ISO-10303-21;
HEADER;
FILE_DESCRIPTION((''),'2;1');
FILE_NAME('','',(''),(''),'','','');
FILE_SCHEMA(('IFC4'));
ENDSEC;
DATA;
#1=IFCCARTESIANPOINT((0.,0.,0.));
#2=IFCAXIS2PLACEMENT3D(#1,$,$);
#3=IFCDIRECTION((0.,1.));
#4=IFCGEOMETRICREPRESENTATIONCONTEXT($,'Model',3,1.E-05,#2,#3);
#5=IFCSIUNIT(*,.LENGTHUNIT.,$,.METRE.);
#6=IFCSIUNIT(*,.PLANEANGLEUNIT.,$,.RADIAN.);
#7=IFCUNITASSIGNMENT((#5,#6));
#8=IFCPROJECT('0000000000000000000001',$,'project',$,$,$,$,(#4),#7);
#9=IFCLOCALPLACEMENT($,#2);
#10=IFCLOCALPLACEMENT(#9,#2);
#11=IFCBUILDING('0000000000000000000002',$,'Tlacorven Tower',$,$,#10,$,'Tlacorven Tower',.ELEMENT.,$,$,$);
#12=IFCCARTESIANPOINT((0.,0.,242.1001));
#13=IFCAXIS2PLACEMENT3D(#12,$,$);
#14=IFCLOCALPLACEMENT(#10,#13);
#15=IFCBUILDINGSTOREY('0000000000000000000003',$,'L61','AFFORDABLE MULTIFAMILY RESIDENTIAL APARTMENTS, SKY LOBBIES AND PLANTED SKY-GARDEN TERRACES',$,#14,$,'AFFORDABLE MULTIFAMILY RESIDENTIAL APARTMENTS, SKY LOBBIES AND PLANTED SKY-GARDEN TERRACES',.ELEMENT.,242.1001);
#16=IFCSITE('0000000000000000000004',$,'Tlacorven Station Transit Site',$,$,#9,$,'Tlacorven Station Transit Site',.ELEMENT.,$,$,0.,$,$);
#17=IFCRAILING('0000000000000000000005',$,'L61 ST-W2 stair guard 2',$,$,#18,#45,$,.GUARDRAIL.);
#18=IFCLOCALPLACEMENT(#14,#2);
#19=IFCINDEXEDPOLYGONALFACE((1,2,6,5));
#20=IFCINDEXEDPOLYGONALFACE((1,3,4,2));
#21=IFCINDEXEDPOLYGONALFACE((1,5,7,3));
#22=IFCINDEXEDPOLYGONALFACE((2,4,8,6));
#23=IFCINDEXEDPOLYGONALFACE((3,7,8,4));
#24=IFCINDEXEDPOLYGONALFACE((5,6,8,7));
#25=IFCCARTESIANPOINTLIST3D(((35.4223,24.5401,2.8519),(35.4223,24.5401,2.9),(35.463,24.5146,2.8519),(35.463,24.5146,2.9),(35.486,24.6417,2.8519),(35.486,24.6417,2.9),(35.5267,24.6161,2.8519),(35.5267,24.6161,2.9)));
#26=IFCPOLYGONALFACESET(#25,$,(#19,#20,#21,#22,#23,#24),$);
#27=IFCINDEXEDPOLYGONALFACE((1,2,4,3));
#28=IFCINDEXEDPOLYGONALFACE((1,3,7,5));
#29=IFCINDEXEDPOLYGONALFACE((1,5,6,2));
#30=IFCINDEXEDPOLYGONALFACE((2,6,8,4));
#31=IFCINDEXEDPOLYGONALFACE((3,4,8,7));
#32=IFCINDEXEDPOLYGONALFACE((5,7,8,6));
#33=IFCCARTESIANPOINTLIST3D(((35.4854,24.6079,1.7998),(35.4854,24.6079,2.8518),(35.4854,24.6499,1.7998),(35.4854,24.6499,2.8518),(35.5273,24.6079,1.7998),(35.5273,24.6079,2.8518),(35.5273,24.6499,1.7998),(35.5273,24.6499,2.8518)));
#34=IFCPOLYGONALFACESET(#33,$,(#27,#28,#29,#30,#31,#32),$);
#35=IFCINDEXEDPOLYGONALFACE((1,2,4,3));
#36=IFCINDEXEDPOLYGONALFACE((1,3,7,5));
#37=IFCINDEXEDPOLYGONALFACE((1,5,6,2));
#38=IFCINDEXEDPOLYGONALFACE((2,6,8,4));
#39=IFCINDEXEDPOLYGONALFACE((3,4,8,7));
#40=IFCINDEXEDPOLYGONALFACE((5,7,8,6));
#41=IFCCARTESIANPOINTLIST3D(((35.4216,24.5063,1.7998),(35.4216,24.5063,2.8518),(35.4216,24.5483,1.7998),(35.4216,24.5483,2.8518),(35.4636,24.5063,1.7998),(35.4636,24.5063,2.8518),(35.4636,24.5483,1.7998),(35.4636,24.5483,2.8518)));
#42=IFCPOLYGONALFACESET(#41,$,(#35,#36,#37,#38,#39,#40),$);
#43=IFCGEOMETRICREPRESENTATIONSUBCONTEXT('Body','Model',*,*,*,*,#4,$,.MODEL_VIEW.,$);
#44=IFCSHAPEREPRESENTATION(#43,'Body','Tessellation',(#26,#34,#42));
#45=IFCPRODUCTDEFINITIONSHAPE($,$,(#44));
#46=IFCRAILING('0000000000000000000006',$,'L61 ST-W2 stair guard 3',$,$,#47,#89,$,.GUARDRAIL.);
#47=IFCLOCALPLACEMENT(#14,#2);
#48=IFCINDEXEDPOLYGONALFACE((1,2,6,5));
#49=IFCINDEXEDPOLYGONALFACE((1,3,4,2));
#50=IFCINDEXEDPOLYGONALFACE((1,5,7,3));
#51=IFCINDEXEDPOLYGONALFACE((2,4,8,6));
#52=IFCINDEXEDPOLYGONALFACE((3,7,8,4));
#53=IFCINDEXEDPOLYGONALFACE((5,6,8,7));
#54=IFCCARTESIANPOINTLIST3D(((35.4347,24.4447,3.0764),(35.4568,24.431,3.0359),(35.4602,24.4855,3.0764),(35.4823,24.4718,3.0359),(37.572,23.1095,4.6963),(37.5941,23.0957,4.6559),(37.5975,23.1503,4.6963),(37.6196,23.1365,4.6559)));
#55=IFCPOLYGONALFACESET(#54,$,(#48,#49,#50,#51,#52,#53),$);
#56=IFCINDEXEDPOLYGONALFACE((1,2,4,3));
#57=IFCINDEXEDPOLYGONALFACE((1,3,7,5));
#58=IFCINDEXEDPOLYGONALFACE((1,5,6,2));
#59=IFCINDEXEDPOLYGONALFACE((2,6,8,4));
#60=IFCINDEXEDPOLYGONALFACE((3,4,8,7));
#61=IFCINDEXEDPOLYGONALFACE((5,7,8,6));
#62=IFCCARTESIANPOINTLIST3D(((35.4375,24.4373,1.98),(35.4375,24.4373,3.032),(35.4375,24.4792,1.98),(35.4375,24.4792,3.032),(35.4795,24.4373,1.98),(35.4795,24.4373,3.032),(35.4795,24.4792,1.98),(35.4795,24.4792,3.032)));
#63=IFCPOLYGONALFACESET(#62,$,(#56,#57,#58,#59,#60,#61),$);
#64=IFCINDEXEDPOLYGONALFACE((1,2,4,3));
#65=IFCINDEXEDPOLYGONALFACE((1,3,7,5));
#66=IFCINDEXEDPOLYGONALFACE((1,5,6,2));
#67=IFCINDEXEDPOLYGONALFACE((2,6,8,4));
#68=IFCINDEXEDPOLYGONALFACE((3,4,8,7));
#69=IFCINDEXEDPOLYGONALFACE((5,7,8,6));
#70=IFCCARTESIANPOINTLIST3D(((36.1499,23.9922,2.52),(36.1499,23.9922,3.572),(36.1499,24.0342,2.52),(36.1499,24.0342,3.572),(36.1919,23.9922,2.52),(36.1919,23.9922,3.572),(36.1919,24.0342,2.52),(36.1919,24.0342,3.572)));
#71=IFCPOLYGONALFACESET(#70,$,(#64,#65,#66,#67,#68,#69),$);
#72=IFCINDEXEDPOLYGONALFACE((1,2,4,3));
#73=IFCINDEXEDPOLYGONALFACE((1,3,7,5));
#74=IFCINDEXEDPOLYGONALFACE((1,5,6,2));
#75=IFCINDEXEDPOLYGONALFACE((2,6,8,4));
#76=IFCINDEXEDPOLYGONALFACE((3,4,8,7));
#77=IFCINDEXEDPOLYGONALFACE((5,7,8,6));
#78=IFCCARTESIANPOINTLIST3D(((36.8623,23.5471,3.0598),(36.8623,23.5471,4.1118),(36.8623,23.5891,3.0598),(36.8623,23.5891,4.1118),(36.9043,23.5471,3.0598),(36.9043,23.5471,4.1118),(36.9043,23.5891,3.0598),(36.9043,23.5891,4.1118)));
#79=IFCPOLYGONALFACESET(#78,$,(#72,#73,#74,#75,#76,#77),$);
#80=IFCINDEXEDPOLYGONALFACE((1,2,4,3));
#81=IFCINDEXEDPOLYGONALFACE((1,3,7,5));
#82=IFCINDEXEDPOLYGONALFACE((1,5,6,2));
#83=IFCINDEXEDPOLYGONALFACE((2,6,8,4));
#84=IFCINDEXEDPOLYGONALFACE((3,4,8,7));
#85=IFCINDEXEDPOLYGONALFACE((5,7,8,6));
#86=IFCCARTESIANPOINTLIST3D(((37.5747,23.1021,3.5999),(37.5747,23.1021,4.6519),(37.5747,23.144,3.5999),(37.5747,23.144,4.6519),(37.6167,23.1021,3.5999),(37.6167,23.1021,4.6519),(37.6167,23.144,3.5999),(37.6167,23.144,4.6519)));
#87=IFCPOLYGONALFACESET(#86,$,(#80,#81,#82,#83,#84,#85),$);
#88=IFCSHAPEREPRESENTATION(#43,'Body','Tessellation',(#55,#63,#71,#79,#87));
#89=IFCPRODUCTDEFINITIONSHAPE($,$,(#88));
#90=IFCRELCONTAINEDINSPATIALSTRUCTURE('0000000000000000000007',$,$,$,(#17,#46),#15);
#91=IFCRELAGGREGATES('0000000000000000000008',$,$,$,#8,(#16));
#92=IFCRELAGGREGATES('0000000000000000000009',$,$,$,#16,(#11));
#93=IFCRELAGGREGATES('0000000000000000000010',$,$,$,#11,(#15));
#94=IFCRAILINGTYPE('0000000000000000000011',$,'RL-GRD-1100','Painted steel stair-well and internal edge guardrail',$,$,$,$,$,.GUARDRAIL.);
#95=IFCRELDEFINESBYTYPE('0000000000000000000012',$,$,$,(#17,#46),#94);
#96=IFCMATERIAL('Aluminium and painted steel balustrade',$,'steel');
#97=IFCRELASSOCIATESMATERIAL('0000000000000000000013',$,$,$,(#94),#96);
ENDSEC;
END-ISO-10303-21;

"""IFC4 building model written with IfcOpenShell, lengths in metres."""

from ifc_helpers import new_model, si_unit, direction, frame, origin, origin_2d, place, context, subcontext, project, spatial, rectangle, extrude, source, transform, mapped, material, type_object, element, save


model = new_model("IFC4")

# Units and contexts
model_context = context("Model", 3, precision=1e-05, world=origin(), true_north=direction((0.0, 1.0)))
body_context = subcontext(model_context, "Body", "Model", "MODEL_VIEW")
ifc_project = project(units=[si_unit("LENGTHUNIT", "METRE"), si_unit("PLANEANGLEUNIT", "RADIAN")], contexts=[model_context])

# Site, building, storey
site_placement = place(None, origin())
site = spatial("IfcSite", under=ifc_project, at=site_placement, Name="Tlacorven Station Transit Site", LongName="Tlacorven Station Transit Site", CompositionType="ELEMENT", RefElevation=0.0)
building_placement = place(site_placement, origin())
building = spatial("IfcBuilding", under=site, at=building_placement, Name="Tlacorven Tower", LongName="Tlacorven Tower", CompositionType="ELEMENT")
storey_placement = place(building_placement, frame((0.0, 0.0, 242.1001)))
storey = spatial("IfcBuildingStorey", under=building, at=storey_placement, Name="L61", Description="AFFORDABLE MULTIFAMILY RESIDENTIAL APARTMENTS, SKY LOBBIES AND PLANTED SKY-GARDEN TERRACES", LongName="AFFORDABLE MULTIFAMILY RESIDENTIAL APARTMENTS, SKY LOBBIES AND PLANTED SKY-GARDEN TERRACES", CompositionType="ELEMENT", Elevation=242.1001)

# Railings
ifc_material_1 = material(Name="Aluminium and painted steel balustrade", Category="steel")
railing_type_1 = type_object("IfcRailingType", Name="RL-GRD-1100", Description="Painted steel stair-well and internal edge guardrail", PredefinedType="GUARDRAIL", material=ifc_material_1)
shared_shape_1 = source(origin(), body_context, "Body", "SweptSolid", [
    extrude(rectangle(XDim=0.0481, YDim=0.0481, at=origin_2d()), frame((0.0, 0.0, 1.0762), z_axis=(-0.531462, -0.847082, 0.0), x_axis=(0.847082, -0.531462, 0.0)), (0.0, 0.0, 1.0), 0.1199),
    extrude(rectangle(XDim=0.042, YDim=0.042, at=origin_2d()), origin(), (0.0, 0.0, 1.0), 1.052),
    extrude(rectangle(XDim=0.042, YDim=0.042, at=origin_2d()), frame((-0.0637, -0.1016, 0.0)), (0.0, 0.0, 1.0), 1.052),
])
railing_1_placement = place(storey_placement, frame((35.5063, 24.6289, 1.7998)))
element("IfcRailing", 1, at=railing_1_placement, inside=storey, type_object=railing_type_1, Name="L61 ST-W2 stair guard 2", PredefinedType="GUARDRAIL", context=body_context, shape_type="MappedRepresentation", body=[
    mapped(shared_shape_1, transform((0.0, 0.0, 0.0), scale=1.0)),
])
shared_shape_2 = source(origin(), body_context, "Body", "SweptSolid", [
    extrude(rectangle(XDim=0.0481, YDim=0.0481, at=origin_2d()), frame((0.0, 0.0, 1.0762), z_axis=(0.713417, -0.445702, 0.540727), x_axis=(0.529842, 0.848096, 0.0)), (0.0, 0.0, 1.0), 2.9958),
    extrude(rectangle(XDim=0.042, YDim=0.042, at=origin_2d()), origin(), (0.0, 0.0, 1.0), 1.052),
    extrude(rectangle(XDim=0.042, YDim=0.042, at=origin_2d()), frame((0.7124, -0.4451, 0.54)), (0.0, 0.0, 1.0), 1.052),
    extrude(rectangle(XDim=0.042, YDim=0.042, at=origin_2d()), frame((1.4248, -0.8901, 1.0798)), (0.0, 0.0, 1.0), 1.052),
    extrude(rectangle(XDim=0.042, YDim=0.042, at=origin_2d()), frame((2.1372, -1.3352, 1.6199)), (0.0, 0.0, 1.0), 1.052),
])
railing_2_placement = place(storey_placement, frame((35.4585, 24.4583, 1.98)))
element("IfcRailing", 2, at=railing_2_placement, inside=storey, type_object=railing_type_1, Name="L61 ST-W2 stair guard 3", PredefinedType="GUARDRAIL", context=body_context, shape_type="MappedRepresentation", body=[
    mapped(shared_shape_2, transform((0.0, 0.0, 0.0), scale=1.0)),
])

save(model, "model.ifc")
